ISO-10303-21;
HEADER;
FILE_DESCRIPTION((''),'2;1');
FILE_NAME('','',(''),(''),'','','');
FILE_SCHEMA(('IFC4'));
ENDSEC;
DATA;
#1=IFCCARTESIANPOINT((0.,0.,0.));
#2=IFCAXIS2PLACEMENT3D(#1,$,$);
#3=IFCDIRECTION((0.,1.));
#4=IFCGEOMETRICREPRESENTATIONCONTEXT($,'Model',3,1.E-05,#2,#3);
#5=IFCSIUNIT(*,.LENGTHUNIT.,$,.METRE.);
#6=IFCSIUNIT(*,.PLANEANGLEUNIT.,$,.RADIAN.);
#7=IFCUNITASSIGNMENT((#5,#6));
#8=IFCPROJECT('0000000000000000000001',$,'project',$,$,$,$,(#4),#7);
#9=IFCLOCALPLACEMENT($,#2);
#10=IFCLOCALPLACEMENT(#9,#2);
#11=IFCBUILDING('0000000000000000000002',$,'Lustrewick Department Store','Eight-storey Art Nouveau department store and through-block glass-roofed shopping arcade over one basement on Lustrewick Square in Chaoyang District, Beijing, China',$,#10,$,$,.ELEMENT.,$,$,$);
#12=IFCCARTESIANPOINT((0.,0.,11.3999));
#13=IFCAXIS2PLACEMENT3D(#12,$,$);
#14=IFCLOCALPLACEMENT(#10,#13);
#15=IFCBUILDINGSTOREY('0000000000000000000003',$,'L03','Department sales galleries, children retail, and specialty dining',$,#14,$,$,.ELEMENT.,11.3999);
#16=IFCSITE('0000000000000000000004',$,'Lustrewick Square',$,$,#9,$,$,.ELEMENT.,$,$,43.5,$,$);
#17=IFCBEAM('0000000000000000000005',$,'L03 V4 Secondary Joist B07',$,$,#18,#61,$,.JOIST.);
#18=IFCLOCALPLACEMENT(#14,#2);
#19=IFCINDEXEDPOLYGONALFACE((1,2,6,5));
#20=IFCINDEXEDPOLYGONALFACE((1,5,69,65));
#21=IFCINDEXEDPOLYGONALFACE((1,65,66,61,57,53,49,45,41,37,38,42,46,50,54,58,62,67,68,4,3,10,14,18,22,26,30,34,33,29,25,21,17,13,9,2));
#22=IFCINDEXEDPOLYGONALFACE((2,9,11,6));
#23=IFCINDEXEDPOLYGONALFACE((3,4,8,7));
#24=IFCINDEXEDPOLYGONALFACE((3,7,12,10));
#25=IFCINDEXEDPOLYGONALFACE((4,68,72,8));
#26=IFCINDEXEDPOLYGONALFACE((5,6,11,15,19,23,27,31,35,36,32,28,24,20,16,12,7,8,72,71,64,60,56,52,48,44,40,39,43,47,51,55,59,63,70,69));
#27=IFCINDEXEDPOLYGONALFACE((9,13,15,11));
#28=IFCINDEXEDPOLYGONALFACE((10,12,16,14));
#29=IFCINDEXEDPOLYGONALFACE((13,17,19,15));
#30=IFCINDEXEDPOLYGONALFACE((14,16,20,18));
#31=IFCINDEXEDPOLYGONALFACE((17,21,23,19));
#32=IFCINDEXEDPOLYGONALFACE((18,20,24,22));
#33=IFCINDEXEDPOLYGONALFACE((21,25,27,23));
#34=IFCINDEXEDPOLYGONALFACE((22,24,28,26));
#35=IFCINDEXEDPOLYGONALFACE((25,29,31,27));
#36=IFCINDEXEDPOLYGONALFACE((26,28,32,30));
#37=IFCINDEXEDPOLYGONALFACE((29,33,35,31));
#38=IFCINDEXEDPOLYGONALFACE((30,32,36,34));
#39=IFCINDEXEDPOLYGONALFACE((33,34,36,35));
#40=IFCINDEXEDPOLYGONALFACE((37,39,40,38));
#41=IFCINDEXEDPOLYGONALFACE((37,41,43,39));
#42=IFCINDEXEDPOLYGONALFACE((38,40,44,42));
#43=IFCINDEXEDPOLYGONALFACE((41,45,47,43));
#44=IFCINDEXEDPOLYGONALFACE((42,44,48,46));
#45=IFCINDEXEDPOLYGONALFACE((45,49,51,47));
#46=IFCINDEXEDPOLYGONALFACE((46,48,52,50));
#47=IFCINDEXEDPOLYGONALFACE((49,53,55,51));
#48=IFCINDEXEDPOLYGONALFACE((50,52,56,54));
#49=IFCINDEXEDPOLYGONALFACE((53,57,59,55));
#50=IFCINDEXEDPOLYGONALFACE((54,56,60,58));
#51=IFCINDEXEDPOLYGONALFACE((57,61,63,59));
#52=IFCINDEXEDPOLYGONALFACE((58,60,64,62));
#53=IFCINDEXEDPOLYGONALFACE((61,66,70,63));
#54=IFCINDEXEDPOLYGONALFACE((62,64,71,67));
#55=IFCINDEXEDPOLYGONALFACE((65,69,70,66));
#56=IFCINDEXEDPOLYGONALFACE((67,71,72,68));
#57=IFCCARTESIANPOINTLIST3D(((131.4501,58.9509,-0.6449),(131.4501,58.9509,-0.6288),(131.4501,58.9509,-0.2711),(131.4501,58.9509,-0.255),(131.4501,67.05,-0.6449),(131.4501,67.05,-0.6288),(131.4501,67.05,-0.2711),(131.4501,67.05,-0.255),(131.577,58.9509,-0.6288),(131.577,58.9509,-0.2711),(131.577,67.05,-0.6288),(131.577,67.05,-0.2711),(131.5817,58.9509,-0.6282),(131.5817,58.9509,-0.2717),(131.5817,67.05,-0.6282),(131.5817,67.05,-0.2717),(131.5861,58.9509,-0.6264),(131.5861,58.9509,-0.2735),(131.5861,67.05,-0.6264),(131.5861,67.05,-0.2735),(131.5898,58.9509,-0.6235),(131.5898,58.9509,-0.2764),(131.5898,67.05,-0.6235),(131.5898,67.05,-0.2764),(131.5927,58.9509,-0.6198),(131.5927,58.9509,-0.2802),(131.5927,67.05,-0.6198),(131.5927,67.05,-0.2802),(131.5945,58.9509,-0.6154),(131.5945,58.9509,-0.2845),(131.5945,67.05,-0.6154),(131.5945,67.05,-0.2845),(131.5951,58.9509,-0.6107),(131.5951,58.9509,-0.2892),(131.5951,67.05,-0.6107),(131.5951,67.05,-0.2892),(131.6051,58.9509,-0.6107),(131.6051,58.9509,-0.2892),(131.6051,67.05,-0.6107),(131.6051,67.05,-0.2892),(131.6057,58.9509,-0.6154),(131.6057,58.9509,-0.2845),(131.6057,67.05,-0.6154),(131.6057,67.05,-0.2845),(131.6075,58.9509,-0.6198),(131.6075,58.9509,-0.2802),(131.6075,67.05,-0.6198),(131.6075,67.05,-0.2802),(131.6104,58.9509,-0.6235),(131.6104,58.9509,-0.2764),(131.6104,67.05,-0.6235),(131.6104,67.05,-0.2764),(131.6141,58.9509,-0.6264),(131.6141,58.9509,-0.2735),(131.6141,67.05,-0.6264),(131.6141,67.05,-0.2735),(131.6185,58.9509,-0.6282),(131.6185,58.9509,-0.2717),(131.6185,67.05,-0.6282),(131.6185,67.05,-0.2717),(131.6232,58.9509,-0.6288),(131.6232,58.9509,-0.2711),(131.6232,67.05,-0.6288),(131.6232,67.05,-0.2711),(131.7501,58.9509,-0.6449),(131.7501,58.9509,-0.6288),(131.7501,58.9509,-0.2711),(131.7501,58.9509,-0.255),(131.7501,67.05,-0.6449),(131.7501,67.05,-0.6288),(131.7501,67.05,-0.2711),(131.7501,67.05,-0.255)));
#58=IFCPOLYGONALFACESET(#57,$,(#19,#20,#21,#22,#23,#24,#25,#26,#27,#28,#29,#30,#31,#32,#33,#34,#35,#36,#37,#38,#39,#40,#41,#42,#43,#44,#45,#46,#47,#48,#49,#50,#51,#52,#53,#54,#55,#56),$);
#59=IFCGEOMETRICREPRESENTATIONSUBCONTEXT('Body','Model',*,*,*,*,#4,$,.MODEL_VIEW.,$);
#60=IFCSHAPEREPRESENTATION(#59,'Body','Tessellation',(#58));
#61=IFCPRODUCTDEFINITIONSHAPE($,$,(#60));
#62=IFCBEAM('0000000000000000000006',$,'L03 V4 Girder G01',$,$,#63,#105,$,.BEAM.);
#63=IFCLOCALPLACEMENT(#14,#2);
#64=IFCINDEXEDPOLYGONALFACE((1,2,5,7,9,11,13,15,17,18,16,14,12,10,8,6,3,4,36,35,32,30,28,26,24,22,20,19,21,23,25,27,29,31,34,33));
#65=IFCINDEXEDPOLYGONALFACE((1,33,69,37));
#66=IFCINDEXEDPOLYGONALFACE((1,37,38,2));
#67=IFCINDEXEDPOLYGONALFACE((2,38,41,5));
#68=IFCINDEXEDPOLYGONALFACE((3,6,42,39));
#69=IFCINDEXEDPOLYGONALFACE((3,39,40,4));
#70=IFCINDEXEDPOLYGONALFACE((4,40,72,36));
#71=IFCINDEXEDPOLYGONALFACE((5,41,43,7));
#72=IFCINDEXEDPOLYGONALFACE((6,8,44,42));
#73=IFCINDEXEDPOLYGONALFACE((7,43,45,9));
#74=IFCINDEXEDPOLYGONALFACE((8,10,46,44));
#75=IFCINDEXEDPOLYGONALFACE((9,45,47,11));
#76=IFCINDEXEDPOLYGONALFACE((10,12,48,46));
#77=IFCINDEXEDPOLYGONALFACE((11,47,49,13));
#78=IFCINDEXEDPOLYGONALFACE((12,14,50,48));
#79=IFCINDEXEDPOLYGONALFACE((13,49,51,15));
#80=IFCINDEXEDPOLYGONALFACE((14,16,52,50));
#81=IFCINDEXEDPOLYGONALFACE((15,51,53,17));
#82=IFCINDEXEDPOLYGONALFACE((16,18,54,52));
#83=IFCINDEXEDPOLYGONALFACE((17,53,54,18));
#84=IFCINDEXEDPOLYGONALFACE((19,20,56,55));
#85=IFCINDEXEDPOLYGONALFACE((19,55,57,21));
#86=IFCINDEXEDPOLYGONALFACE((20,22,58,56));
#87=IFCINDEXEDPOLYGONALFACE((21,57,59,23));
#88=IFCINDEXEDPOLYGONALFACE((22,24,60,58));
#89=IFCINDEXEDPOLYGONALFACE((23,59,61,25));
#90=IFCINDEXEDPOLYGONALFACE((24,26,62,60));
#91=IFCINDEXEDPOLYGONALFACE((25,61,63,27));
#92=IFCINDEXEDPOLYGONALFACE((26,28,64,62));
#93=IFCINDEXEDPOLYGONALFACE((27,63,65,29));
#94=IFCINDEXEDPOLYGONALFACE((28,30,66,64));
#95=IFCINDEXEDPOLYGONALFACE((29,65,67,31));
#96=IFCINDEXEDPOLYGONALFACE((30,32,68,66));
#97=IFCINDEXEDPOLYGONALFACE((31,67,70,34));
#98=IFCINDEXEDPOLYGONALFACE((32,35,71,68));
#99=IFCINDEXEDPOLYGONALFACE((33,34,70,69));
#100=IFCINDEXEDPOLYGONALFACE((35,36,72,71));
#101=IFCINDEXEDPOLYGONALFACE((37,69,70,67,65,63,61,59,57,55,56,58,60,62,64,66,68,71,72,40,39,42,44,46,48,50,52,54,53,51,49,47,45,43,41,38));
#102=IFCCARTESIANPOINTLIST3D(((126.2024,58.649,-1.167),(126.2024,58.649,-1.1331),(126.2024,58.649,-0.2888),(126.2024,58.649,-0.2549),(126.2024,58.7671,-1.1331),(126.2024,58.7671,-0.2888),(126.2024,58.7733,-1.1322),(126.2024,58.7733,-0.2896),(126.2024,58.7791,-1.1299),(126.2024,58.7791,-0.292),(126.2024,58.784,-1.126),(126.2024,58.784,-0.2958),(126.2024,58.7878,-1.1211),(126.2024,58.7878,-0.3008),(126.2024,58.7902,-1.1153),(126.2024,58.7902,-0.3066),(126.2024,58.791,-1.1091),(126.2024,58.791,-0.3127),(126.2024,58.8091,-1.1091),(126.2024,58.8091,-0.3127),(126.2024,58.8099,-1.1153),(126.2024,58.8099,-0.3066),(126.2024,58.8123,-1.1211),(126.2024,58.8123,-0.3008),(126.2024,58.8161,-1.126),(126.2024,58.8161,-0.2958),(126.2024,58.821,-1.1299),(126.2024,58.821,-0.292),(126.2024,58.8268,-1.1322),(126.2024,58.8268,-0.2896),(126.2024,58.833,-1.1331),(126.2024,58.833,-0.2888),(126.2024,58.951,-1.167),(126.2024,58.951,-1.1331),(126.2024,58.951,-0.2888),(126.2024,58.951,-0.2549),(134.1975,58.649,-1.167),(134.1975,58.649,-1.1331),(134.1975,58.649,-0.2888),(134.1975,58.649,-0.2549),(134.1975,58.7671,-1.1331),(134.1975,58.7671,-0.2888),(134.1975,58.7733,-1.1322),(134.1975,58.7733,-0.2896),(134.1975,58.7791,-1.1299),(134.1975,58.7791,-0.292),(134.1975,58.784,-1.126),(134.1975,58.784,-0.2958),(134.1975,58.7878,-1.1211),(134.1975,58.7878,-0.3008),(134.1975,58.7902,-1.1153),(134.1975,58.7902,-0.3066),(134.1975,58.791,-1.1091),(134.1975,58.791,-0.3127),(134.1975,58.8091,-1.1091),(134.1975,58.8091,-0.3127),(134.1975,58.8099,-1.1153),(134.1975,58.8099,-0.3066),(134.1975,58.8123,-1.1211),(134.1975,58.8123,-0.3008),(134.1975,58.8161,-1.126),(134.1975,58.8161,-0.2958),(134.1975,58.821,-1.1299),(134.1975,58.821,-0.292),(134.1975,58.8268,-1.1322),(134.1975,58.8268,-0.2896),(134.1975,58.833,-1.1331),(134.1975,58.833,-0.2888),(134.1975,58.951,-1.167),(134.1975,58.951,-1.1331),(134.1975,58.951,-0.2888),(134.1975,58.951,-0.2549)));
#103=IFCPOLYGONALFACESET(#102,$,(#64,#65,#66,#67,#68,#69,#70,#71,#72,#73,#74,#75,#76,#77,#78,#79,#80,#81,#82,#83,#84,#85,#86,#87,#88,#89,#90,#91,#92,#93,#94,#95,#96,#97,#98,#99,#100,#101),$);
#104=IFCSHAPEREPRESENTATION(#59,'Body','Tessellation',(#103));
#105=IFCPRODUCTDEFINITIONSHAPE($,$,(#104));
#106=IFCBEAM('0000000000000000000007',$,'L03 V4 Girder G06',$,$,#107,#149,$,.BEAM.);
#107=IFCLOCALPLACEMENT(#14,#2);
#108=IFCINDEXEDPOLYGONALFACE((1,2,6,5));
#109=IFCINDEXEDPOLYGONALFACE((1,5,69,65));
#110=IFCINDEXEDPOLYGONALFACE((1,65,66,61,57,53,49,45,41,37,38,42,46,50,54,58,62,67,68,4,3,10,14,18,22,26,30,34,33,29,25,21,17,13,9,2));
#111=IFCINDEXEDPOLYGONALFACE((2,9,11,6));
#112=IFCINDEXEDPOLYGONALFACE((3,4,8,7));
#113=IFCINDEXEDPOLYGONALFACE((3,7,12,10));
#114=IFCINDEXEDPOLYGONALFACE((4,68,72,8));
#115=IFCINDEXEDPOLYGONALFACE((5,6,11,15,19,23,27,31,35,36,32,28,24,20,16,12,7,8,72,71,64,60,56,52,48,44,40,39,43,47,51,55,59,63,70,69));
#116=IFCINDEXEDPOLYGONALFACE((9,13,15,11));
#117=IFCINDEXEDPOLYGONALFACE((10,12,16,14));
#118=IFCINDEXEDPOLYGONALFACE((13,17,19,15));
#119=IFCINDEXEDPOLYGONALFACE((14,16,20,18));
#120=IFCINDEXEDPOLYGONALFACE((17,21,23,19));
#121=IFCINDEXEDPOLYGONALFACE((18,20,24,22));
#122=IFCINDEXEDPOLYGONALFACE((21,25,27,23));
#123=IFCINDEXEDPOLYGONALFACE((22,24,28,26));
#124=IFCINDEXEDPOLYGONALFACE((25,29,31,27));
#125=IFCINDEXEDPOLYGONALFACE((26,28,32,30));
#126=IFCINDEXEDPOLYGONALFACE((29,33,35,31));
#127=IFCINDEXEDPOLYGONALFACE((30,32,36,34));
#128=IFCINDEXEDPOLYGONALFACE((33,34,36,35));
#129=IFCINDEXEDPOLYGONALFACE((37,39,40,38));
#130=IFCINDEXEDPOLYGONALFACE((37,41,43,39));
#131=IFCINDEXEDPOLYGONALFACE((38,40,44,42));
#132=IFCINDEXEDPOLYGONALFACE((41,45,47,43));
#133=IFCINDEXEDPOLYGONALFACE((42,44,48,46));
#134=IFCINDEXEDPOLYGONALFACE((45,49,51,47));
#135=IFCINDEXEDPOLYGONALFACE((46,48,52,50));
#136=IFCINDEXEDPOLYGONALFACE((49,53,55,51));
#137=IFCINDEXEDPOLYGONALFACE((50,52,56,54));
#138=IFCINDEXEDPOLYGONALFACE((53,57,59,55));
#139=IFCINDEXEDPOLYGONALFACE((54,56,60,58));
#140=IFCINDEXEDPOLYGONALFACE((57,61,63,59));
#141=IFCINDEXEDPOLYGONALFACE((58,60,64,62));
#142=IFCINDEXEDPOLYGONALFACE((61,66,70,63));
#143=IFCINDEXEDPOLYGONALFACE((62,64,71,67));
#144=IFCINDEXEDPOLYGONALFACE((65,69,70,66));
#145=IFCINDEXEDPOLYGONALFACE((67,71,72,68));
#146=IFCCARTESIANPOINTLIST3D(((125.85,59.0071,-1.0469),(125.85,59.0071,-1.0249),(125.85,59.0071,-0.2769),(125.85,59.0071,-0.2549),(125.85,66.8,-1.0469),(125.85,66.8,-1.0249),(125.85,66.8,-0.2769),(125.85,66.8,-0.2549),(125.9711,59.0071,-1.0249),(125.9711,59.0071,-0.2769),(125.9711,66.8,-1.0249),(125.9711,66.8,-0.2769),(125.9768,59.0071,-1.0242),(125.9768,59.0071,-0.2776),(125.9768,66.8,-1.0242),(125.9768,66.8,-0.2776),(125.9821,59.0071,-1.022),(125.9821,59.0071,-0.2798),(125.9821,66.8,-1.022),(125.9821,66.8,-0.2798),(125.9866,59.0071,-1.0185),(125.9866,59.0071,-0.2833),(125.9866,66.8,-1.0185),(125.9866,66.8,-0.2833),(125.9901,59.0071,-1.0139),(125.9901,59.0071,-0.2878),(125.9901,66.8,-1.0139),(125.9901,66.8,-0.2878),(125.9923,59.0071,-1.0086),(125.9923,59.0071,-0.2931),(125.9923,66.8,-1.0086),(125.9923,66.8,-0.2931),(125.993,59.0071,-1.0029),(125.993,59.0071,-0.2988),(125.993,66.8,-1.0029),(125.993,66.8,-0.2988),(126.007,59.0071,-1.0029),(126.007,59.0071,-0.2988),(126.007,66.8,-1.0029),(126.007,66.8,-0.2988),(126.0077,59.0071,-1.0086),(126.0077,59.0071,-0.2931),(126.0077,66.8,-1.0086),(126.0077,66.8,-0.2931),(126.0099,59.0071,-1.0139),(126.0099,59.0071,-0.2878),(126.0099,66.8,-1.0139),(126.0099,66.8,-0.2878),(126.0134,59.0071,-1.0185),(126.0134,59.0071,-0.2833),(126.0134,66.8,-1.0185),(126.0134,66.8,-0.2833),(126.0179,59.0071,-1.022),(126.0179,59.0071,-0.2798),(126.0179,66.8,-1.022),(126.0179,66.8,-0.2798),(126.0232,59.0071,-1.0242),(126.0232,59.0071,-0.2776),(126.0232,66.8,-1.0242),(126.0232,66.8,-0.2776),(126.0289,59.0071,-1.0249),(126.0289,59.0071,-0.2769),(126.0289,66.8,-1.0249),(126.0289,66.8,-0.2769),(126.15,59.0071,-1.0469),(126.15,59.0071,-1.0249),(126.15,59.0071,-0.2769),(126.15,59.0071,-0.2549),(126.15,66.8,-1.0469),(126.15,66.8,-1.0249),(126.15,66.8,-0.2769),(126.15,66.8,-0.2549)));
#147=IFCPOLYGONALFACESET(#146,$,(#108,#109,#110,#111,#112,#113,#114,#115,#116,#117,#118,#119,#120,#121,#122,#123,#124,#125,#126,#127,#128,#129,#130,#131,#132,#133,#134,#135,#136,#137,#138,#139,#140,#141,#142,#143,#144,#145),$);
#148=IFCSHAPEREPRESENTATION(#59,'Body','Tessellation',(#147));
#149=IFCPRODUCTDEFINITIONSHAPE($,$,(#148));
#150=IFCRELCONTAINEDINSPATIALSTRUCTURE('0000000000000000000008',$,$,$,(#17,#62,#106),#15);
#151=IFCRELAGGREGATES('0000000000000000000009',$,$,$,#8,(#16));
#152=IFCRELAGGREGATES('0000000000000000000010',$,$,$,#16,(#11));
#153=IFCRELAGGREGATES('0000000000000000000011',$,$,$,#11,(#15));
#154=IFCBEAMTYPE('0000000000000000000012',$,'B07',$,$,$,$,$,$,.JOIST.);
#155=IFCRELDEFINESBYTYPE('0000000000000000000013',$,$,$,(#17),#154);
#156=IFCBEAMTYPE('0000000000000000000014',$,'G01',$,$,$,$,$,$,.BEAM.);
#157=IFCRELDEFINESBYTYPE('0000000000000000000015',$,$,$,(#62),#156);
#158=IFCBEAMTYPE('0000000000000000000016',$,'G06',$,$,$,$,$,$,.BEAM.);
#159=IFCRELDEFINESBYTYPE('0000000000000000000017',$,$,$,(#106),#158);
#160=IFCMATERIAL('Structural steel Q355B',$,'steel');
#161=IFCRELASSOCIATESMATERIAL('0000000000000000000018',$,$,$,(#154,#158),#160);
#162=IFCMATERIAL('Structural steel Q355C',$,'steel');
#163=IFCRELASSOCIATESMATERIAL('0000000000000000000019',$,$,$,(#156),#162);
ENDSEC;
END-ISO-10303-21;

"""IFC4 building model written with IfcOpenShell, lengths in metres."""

from ifc_helpers import new_model, si_unit, direction, frame, origin, origin_2d, place, context, subcontext, project, spatial, i_section, extrude, material, material_profile, profile_set, type_object, element, save


model = new_model("IFC4")

# Units and contexts
model_context = context("Model", 3, precision=1e-05, world=origin(), true_north=direction((0.0, 1.0)))
body_context = subcontext(model_context, "Body", "Model", "MODEL_VIEW")
ifc_project = project(units=[si_unit("LENGTHUNIT", "METRE"), si_unit("PLANEANGLEUNIT", "RADIAN")], contexts=[model_context])

# Site, building, storey
site_placement = place(None, origin())
site = spatial("IfcSite", under=ifc_project, at=site_placement, Name="Lustrewick Square", CompositionType="ELEMENT", RefElevation=43.5)
building_placement = place(site_placement, origin())
building = spatial("IfcBuilding", under=site, at=building_placement, Name="Lustrewick Department Store", Description="Eight-storey Art Nouveau department store and through-block glass-roofed shopping arcade over one basement on Lustrewick Square in Chaoyang District, Beijing, China", CompositionType="ELEMENT")
storey_placement = place(building_placement, frame((0.0, 0.0, 11.3999)))
storey = spatial("IfcBuildingStorey", under=building, at=storey_placement, Name="L03", Description="Department sales galleries, children retail, and specialty dining", CompositionType="ELEMENT", Elevation=11.3999)

# Shared definitions
ifc_material_1 = material(Name="Structural steel Q355B", Category="steel")

# Beams
ifc_material_profile_1 = material_profile(ifc_material_1, i_section(OverallWidth=0.3, OverallDepth=0.3899, WebThickness=0.01, FlangeThickness=0.0161, FilletRadius=0.0181, at=origin_2d()), Name="HM 390x300x10x16")
ifc_profile_set_1 = profile_set([ifc_material_profile_1], Name="Structural steel Q355B")
beam_type_1 = type_object("IfcBeamType", Name="B07", PredefinedType="JOIST", material=ifc_profile_set_1)
beam_1_placement = place(storey_placement, frame((131.6001, 58.9509, -0.45), z_axis=(0.0, 1.0, 0.0), x_axis=(-1.0, 0.0, 0.0)))
element("IfcBeam", 1, at=beam_1_placement, inside=storey, type_object=beam_type_1, Name="L03 V4 Secondary Joist B07", PredefinedType="JOIST", context=body_context, shape_type="SweptSolid", body=[
    extrude(i_section(OverallWidth=0.3, OverallDepth=0.3899, WebThickness=0.01, FlangeThickness=0.0161, FilletRadius=0.0181, at=origin_2d()), origin(), (0.0, 0.0, 1.0), 8.0991),
])
ifc_material_2 = material(Name="Structural steel Q355C", Category="steel")
ifc_material_profile_2 = material_profile(ifc_material_2, i_section(OverallWidth=0.302, OverallDepth=0.9121, WebThickness=0.0181, FlangeThickness=0.0339, FilletRadius=0.0239, at=origin_2d()), Name="HN 912x302x18x34")
ifc_profile_set_2 = profile_set([ifc_material_profile_2], Name="Structural steel Q355C")
beam_type_2 = type_object("IfcBeamType", Name="G01", PredefinedType="BEAM", material=ifc_profile_set_2)
beam_2_placement = place(storey_placement, frame((126.2024, 58.8, -0.7109), z_axis=(1.0, 0.0, 0.0), x_axis=(0.0, 1.0, 0.0)))
element("IfcBeam", 2, at=beam_2_placement, inside=storey, type_object=beam_type_2, Name="L03 V4 Girder G01", PredefinedType="BEAM", context=body_context, shape_type="SweptSolid", body=[
    extrude(i_section(OverallWidth=0.302, OverallDepth=0.9121, WebThickness=0.0181, FlangeThickness=0.0339, FilletRadius=0.0239, at=origin_2d()), origin(), (0.0, 0.0, 1.0), 7.9951),
])
ifc_material_profile_3 = material_profile(ifc_material_1, i_section(OverallWidth=0.3, OverallDepth=0.792, WebThickness=0.0139, FlangeThickness=0.022, FilletRadius=0.022, at=origin_2d()), Name="HN 792x300x14x22")
ifc_profile_set_3 = profile_set([ifc_material_profile_3], Name="Structural steel Q355B")
beam_type_3 = type_object("IfcBeamType", Name="G06", PredefinedType="BEAM", material=ifc_profile_set_3)
beam_3_placement = place(storey_placement, frame((126.0, 59.0071, -0.6509), z_axis=(0.0, 1.0, 0.0), x_axis=(-1.0, 0.0, 0.0)))
element("IfcBeam", 3, at=beam_3_placement, inside=storey, type_object=beam_type_3, Name="L03 V4 Girder G06", PredefinedType="BEAM", context=body_context, shape_type="SweptSolid", body=[
    extrude(i_section(OverallWidth=0.3, OverallDepth=0.792, WebThickness=0.0139, FlangeThickness=0.022, FilletRadius=0.022, at=origin_2d()), origin(), (0.0, 0.0, 1.0), 7.793),
])

save(model, "model.ifc")
